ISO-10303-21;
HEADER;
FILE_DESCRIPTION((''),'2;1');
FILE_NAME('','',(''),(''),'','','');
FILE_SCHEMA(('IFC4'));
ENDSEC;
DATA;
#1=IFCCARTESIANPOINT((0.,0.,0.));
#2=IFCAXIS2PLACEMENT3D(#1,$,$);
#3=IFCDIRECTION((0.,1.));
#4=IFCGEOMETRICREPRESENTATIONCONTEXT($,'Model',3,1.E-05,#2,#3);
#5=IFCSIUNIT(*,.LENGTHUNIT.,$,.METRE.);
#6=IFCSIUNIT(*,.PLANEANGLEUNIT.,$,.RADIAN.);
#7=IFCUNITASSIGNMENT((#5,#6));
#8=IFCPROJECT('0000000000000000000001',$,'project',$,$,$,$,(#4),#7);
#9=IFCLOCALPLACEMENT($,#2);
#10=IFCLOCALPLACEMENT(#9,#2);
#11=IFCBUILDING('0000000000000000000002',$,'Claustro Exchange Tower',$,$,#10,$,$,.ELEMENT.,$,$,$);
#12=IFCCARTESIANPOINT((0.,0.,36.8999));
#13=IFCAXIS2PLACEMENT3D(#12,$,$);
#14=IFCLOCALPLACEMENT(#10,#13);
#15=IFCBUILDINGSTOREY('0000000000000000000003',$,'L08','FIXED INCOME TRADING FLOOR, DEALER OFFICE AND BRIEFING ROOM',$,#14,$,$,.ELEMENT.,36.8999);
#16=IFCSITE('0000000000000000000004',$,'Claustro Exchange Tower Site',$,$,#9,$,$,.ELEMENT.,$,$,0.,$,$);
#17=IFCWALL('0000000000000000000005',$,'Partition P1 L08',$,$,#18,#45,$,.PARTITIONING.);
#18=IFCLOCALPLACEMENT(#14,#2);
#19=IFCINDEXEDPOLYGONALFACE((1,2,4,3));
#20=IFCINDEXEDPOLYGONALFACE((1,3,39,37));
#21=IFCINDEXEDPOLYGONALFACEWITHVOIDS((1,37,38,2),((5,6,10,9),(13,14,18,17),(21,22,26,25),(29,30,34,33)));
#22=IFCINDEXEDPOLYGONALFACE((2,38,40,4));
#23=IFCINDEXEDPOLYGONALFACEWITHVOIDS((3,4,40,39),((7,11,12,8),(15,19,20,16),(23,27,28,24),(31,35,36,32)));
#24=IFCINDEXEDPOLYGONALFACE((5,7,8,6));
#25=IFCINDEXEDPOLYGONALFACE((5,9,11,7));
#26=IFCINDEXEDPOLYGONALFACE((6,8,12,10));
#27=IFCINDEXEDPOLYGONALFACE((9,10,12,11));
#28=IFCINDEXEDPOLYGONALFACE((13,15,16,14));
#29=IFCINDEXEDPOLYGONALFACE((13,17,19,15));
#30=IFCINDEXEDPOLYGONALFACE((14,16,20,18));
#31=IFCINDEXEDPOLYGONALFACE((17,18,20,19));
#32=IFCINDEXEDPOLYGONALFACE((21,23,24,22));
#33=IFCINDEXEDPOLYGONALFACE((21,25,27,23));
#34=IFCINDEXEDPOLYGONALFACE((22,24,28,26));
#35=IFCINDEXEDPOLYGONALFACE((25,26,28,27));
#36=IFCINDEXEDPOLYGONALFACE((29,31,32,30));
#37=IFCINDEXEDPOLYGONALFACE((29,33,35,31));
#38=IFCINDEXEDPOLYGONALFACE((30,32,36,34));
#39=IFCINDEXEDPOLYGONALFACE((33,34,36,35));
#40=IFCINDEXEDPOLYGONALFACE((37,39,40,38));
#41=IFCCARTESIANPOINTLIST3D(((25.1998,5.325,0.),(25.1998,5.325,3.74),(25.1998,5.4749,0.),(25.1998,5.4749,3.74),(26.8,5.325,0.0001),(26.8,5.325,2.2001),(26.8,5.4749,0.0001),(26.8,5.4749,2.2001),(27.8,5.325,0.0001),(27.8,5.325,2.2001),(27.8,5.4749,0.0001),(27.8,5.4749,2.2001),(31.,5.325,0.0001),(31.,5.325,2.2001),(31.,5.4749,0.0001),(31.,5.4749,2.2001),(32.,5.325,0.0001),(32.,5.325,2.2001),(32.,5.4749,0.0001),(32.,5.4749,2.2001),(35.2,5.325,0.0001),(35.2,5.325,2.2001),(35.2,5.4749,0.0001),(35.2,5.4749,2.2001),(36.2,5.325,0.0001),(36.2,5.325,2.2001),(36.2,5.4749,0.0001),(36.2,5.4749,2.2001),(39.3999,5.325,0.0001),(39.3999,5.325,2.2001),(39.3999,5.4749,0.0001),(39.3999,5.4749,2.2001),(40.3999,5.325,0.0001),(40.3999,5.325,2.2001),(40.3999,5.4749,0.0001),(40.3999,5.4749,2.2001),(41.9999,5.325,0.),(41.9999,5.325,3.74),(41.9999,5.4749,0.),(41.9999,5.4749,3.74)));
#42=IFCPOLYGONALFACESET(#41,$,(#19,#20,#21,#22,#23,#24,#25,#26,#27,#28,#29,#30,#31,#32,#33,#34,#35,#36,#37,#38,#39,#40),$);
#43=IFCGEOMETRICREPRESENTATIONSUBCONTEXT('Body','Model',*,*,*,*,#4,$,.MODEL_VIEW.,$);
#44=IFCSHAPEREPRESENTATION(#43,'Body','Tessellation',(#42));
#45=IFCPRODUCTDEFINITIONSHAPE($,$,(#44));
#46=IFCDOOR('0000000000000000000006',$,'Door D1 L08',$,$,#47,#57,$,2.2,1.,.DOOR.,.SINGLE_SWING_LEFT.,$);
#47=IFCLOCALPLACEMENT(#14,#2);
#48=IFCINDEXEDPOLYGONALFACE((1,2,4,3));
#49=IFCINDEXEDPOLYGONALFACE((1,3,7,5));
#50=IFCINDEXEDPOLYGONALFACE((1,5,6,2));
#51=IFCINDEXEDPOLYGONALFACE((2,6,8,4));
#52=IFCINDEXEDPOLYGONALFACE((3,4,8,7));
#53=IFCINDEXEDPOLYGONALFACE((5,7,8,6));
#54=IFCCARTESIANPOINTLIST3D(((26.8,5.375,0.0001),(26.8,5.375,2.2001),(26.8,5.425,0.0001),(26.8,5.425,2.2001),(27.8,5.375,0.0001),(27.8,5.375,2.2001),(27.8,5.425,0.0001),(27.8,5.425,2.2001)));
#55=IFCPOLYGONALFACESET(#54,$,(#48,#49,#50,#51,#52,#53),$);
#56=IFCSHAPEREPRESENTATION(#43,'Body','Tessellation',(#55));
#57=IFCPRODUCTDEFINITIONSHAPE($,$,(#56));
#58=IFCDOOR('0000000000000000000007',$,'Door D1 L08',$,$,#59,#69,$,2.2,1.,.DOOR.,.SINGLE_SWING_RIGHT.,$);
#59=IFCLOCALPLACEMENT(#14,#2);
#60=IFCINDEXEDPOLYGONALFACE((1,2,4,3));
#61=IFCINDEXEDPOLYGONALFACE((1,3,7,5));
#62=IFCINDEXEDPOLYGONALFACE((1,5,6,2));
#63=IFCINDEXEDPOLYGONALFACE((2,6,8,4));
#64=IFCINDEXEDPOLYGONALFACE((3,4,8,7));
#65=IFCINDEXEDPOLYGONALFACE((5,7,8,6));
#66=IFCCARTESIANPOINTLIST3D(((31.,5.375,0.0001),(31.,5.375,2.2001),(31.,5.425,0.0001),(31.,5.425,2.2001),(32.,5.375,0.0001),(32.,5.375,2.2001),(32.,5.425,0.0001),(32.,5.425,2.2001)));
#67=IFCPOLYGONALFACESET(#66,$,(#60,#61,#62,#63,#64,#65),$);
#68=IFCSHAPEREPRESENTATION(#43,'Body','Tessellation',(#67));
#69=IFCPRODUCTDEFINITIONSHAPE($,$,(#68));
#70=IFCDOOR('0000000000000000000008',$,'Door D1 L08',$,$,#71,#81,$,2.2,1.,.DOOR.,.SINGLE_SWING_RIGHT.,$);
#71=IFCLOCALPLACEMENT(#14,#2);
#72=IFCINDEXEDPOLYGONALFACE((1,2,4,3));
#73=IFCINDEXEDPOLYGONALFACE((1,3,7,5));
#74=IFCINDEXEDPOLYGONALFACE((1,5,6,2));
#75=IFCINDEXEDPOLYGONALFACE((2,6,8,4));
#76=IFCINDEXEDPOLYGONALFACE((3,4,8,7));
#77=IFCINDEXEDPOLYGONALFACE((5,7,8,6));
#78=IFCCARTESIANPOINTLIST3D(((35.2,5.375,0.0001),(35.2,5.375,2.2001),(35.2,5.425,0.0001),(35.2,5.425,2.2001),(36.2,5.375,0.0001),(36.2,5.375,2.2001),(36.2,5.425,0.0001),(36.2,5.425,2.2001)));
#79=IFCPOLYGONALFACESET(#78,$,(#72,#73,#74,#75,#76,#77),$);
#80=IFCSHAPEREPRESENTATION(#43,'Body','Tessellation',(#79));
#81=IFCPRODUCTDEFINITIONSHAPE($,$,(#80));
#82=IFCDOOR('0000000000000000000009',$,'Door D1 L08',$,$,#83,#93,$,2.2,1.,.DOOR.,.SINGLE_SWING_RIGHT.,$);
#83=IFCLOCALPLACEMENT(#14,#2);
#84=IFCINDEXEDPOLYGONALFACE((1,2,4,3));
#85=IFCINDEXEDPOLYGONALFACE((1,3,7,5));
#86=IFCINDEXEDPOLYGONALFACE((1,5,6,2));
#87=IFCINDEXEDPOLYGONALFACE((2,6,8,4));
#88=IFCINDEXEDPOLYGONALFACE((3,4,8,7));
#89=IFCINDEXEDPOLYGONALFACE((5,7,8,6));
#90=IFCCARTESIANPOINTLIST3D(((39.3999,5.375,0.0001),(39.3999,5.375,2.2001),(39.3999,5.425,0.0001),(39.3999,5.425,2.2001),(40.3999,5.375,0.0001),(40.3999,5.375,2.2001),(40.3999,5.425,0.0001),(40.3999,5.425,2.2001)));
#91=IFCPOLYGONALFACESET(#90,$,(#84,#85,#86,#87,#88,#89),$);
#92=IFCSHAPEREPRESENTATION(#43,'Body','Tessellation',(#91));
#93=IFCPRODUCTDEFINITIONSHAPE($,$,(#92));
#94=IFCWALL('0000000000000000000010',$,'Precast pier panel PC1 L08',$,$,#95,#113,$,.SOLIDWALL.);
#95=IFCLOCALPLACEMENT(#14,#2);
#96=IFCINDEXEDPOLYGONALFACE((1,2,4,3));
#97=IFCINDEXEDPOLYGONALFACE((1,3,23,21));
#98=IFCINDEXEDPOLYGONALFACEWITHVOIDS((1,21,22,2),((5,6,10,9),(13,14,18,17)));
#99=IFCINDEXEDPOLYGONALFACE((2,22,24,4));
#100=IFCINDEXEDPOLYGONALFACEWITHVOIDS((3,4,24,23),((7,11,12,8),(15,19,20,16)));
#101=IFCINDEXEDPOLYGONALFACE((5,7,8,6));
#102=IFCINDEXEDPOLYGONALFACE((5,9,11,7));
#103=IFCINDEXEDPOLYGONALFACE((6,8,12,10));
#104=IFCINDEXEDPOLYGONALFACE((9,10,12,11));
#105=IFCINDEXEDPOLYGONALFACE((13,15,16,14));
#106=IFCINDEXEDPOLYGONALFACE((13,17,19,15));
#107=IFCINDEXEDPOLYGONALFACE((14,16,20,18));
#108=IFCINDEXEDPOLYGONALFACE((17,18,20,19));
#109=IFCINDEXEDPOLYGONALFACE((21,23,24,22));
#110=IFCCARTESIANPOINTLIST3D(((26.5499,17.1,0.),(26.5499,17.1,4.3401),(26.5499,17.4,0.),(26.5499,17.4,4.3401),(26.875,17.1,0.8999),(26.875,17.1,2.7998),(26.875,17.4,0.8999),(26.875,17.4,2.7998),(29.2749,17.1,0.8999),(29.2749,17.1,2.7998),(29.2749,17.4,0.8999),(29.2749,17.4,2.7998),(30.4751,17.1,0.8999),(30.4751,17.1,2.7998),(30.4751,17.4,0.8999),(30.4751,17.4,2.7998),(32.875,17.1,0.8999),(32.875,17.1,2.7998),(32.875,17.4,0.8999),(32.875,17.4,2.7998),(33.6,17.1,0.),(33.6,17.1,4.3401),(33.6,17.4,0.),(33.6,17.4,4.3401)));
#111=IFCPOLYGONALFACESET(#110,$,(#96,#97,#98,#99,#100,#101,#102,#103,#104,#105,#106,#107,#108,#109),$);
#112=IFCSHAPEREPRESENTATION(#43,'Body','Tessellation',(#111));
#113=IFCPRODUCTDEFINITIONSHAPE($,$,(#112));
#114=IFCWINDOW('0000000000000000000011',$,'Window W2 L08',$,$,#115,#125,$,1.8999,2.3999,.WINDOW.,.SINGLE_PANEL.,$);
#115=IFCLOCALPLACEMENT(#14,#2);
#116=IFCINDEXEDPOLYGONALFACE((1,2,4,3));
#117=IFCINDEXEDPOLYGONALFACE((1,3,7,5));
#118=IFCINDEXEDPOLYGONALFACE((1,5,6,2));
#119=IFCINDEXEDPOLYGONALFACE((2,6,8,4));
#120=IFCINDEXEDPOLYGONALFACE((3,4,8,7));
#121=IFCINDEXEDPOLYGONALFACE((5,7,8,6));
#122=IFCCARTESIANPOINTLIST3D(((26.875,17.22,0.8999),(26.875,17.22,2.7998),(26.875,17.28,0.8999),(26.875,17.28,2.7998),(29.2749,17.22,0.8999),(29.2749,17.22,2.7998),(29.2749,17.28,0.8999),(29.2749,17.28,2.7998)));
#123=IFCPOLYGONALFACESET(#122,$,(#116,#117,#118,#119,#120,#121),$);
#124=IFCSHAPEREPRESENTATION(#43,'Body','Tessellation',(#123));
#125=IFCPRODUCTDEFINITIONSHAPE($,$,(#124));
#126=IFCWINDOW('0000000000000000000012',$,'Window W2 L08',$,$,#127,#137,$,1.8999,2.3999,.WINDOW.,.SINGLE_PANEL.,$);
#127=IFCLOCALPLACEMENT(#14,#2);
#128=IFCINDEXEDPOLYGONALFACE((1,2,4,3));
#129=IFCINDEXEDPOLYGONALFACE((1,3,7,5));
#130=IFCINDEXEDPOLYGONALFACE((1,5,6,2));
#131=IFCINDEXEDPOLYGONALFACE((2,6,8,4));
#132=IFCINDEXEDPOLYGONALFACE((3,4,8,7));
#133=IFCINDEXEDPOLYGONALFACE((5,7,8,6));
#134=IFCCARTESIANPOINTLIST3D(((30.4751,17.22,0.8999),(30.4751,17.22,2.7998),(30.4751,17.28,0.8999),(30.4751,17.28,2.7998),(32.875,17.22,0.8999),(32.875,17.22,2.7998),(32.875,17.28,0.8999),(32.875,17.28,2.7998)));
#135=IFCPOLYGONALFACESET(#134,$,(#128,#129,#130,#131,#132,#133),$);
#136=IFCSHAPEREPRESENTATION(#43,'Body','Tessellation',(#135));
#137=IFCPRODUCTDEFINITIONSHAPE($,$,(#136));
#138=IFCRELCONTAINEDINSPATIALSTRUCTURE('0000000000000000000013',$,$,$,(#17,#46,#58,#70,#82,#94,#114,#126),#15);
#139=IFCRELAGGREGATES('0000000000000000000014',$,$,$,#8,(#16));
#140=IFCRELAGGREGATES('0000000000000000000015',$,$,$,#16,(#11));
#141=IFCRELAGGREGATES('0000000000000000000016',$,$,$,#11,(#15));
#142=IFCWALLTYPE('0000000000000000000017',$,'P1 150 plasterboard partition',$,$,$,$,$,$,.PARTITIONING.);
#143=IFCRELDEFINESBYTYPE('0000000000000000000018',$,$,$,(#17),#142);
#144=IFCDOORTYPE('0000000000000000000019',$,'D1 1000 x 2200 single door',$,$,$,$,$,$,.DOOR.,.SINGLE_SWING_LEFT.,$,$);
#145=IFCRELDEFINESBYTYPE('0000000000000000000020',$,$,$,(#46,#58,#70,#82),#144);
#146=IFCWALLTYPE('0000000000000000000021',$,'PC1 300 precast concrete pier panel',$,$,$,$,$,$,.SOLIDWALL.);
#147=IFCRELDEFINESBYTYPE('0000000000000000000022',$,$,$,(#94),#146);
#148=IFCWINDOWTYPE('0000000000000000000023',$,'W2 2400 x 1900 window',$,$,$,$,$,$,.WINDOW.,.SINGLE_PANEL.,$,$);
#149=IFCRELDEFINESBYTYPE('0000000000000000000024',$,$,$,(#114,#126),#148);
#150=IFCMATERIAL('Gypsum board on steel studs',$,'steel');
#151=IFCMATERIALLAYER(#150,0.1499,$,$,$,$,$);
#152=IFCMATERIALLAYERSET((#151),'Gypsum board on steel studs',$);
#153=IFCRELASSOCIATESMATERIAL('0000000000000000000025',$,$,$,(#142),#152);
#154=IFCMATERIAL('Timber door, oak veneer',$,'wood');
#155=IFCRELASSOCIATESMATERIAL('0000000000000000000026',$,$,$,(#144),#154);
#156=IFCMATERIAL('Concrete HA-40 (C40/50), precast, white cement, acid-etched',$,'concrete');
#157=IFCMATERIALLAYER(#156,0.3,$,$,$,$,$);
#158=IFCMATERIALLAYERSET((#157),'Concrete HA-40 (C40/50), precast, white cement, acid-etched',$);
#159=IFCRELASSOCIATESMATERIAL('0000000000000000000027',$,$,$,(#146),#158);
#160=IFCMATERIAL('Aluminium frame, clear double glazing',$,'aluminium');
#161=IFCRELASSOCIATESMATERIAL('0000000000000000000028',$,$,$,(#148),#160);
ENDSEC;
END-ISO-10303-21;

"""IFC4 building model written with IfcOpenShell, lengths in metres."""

from ifc_helpers import new_model, si_unit, direction, frame, frame_2d, origin, place, context, subcontext, project, spatial, rectangle, extrude, material, layer, layer_set, type_object, element, fill, save


model = new_model("IFC4")

# Units and contexts
model_context = context("Model", 3, precision=1e-05, world=origin(), true_north=direction((0.0, 1.0)))
body_context = subcontext(model_context, "Body", "Model", "MODEL_VIEW")
ifc_project = project(units=[si_unit("LENGTHUNIT", "METRE"), si_unit("PLANEANGLEUNIT", "RADIAN")], contexts=[model_context])

# Site, building, storey
site_placement = place(None, origin())
site = spatial("IfcSite", under=ifc_project, at=site_placement, Name="Claustro Exchange Tower Site", CompositionType="ELEMENT", RefElevation=0.0)
building_placement = place(site_placement, origin())
building = spatial("IfcBuilding", under=site, at=building_placement, Name="Claustro Exchange Tower", CompositionType="ELEMENT")
storey_placement = place(building_placement, frame((0.0, 0.0, 36.8999)))
storey = spatial("IfcBuildingStorey", under=building, at=storey_placement, Name="L08", Description="FIXED INCOME TRADING FLOOR, DEALER OFFICE AND BRIEFING ROOM", CompositionType="ELEMENT", Elevation=36.8999)

# Wall, openings, doors
ifc_material_1 = material(Name="Gypsum board on steel studs", Category="steel")
ifc_layer_1 = layer(ifc_material_1, 0.1499)
ifc_layer_set_1 = layer_set([ifc_layer_1], Name="Gypsum board on steel studs")
wall_type_1 = type_object("IfcWallType", Name="P1 150 plasterboard partition", PredefinedType="PARTITIONING", material=ifc_layer_set_1)
wall_1_placement = place(storey_placement, frame((25.2, 5.3999, 0.0), z_axis=(0.0, 0.0, 1.0), x_axis=(1.0, 0.0, 0.0)))
wall_1 = element("IfcWall", 1, at=wall_1_placement, inside=storey, type_object=wall_type_1, Name="Partition P1 L08", PredefinedType="PARTITIONING", context=body_context, shape_type="SweptSolid", body=[
    extrude(rectangle(XDim=16.8, YDim=0.1499, at=frame_2d((8.3999, 0.0))), origin(), (0.0, 0.0, 1.0), 3.74),
])
opening_1_placement = place(wall_1_placement, frame((1.6001, 0.0, 0.0)))
opening_1 = element("IfcOpeningElement", 2, at=opening_1_placement, cuts=wall_1, PredefinedType="OPENING", context=body_context, shape_type="SweptSolid", body=[
    extrude(rectangle(XDim=1.0, YDim=2.2, at=frame_2d((0.5, 1.1001))), frame((0.0, 0.085, 0.0), z_axis=(0.0, -1.0, 0.0), x_axis=(1.0, 0.0, 0.0)), (0.0, 0.0, 1.0), 0.1699),
])
opening_2_placement = place(wall_1_placement, frame((5.8, 0.0, 0.0)))
opening_2 = element("IfcOpeningElement", 3, at=opening_2_placement, cuts=wall_1, PredefinedType="OPENING", context=body_context, shape_type="SweptSolid", body=[
    extrude(rectangle(XDim=1.0, YDim=2.2, at=frame_2d((0.5, 1.1001))), frame((0.0, 0.085, 0.0), z_axis=(0.0, -1.0, 0.0), x_axis=(1.0, 0.0, 0.0)), (0.0, 0.0, 1.0), 0.1699),
])
opening_3_placement = place(wall_1_placement, frame((10.0, 0.0, 0.0)))
opening_3 = element("IfcOpeningElement", 4, at=opening_3_placement, cuts=wall_1, PredefinedType="OPENING", context=body_context, shape_type="SweptSolid", body=[
    extrude(rectangle(XDim=1.0, YDim=2.2, at=frame_2d((0.5, 1.1001))), frame((0.0, 0.085, 0.0), z_axis=(0.0, -1.0, 0.0), x_axis=(1.0, 0.0, 0.0)), (0.0, 0.0, 1.0), 0.1699),
])
opening_4_placement = place(wall_1_placement, frame((14.2, 0.0, 0.0)))
opening_4 = element("IfcOpeningElement", 5, at=opening_4_placement, cuts=wall_1, PredefinedType="OPENING", context=body_context, shape_type="SweptSolid", body=[
    extrude(rectangle(XDim=1.0, YDim=2.2, at=frame_2d((0.5, 1.1001))), frame((0.0, 0.085, 0.0), z_axis=(0.0, -1.0, 0.0), x_axis=(1.0, 0.0, 0.0)), (0.0, 0.0, 1.0), 0.1699),
])
ifc_material_2 = material(Name="Timber door, oak veneer", Category="wood")
door_type = type_object("IfcDoorType", Name="D1 1000 x 2200 single door", OperationType="SINGLE_SWING_LEFT", PredefinedType="DOOR", material=ifc_material_2)
door_1_placement = place(opening_1_placement, frame((1.0, 0.0, 0.0), z_axis=(0.0, 0.0, 1.0), x_axis=(-1.0, 0.0, 0.0)))
door_1 = element("IfcDoor", 6, at=door_1_placement, inside=storey, type_object=door_type, Name="Door D1 L08", OperationType="SINGLE_SWING_LEFT", OverallHeight=2.2, OverallWidth=1.0, PredefinedType="DOOR", context=body_context, shape_type="SweptSolid", body=[
    extrude(rectangle(XDim=1.0, YDim=2.2, at=frame_2d((0.5, 1.1001))), frame((0.0, 0.0249, 0.0), z_axis=(0.0, -1.0, 0.0), x_axis=(1.0, 0.0, 0.0)), (0.0, 0.0, 1.0), 0.05),
])
fill(opening_1, door_1)
door_2_placement = place(opening_2_placement, frame((1.0, 0.0, 0.0), z_axis=(0.0, 0.0, 1.0), x_axis=(-1.0, 0.0, 0.0)))
door_2 = element("IfcDoor", 7, at=door_2_placement, inside=storey, type_object=door_type, Name="Door D1 L08", OperationType="SINGLE_SWING_RIGHT", OverallHeight=2.2, OverallWidth=1.0, PredefinedType="DOOR", context=body_context, shape_type="SweptSolid", body=[
    extrude(rectangle(XDim=1.0, YDim=2.2, at=frame_2d((0.5, 1.1001))), frame((0.0, 0.0249, 0.0), z_axis=(0.0, -1.0, 0.0), x_axis=(1.0, 0.0, 0.0)), (0.0, 0.0, 1.0), 0.05),
])
fill(opening_2, door_2)
door_3_placement = place(opening_3_placement, frame((1.0, 0.0, 0.0), z_axis=(0.0, 0.0, 1.0), x_axis=(-1.0, 0.0, 0.0)))
door_3 = element("IfcDoor", 8, at=door_3_placement, inside=storey, type_object=door_type, Name="Door D1 L08", OperationType="SINGLE_SWING_RIGHT", OverallHeight=2.2, OverallWidth=1.0, PredefinedType="DOOR", context=body_context, shape_type="SweptSolid", body=[
    extrude(rectangle(XDim=1.0, YDim=2.2, at=frame_2d((0.5, 1.1001))), frame((0.0, 0.0249, 0.0), z_axis=(0.0, -1.0, 0.0), x_axis=(1.0, 0.0, 0.0)), (0.0, 0.0, 1.0), 0.05),
])
fill(opening_3, door_3)
door_4_placement = place(opening_4_placement, frame((1.0, 0.0, 0.0), z_axis=(0.0, 0.0, 1.0), x_axis=(-1.0, 0.0, 0.0)))
door_4 = element("IfcDoor", 9, at=door_4_placement, inside=storey, type_object=door_type, Name="Door D1 L08", OperationType="SINGLE_SWING_RIGHT", OverallHeight=2.2, OverallWidth=1.0, PredefinedType="DOOR", context=body_context, shape_type="SweptSolid", body=[
    extrude(rectangle(XDim=1.0, YDim=2.2, at=frame_2d((0.5, 1.1001))), frame((0.0, 0.0249, 0.0), z_axis=(0.0, -1.0, 0.0), x_axis=(1.0, 0.0, 0.0)), (0.0, 0.0, 1.0), 0.05),
])
fill(opening_4, door_4)

# Wall, openings, windows
ifc_material_3 = material(Name="Concrete HA-40 (C40/50), precast, white cement, acid-etched", Category="concrete")
ifc_layer_2 = layer(ifc_material_3, 0.3)
ifc_layer_set_2 = layer_set([ifc_layer_2], Name="Concrete HA-40 (C40/50), precast, white cement, acid-etched")
wall_type_2 = type_object("IfcWallType", Name="PC1 300 precast concrete pier panel", PredefinedType="SOLIDWALL", material=ifc_layer_set_2)
wall_2_placement = place(storey_placement, frame((26.55, 17.25, 0.0), z_axis=(0.0, 0.0, 1.0), x_axis=(1.0, 0.0, 0.0)))
wall_2 = element("IfcWall", 10, at=wall_2_placement, inside=storey, type_object=wall_type_2, Name="Precast pier panel PC1 L08", PredefinedType="SOLIDWALL", context=body_context, shape_type="SweptSolid", body=[
    extrude(rectangle(XDim=7.05, YDim=0.3, at=frame_2d((3.5249, 0.0))), origin(), (0.0, 0.0, 1.0), 4.3401),
])
opening_5_placement = place(wall_2_placement, frame((0.325, 0.0, 0.8999)))
opening_5 = element("IfcOpeningElement", 11, at=opening_5_placement, cuts=wall_2, PredefinedType="OPENING", context=body_context, shape_type="SweptSolid", body=[
    extrude(rectangle(XDim=2.3999, YDim=1.8999, at=frame_2d((1.2, 0.95))), frame((0.0, 0.1599, 0.0), z_axis=(0.0, -1.0, 0.0), x_axis=(1.0, 0.0, 0.0)), (0.0, 0.0, 1.0), 0.3201),
])
opening_6_placement = place(wall_2_placement, frame((3.925, 0.0, 0.8999)))
opening_6 = element("IfcOpeningElement", 12, at=opening_6_placement, cuts=wall_2, PredefinedType="OPENING", context=body_context, shape_type="SweptSolid", body=[
    extrude(rectangle(XDim=2.3999, YDim=1.8999, at=frame_2d((1.2, 0.95))), frame((0.0, 0.1599, 0.0), z_axis=(0.0, -1.0, 0.0), x_axis=(1.0, 0.0, 0.0)), (0.0, 0.0, 1.0), 0.3201),
])
ifc_material_4 = material(Name="Aluminium frame, clear double glazing", Category="aluminium")
window_type = type_object("IfcWindowType", Name="W2 2400 x 1900 window", PartitioningType="SINGLE_PANEL", PredefinedType="WINDOW", material=ifc_material_4)
window_1_placement = place(opening_5_placement, origin())
window_1 = element("IfcWindow", 13, at=window_1_placement, inside=storey, type_object=window_type, Name="Window W2 L08", OverallHeight=1.8999, OverallWidth=2.3999, PartitioningType="SINGLE_PANEL", PredefinedType="WINDOW", context=body_context, shape_type="SweptSolid", body=[
    extrude(rectangle(XDim=2.3999, YDim=1.8999, at=frame_2d((1.2, 0.95))), frame((0.0, 0.03, 0.0), z_axis=(0.0, -1.0, 0.0), x_axis=(1.0, 0.0, 0.0)), (0.0, 0.0, 1.0), 0.0601),
])
fill(opening_5, window_1)
window_2_placement = place(opening_6_placement, origin())
window_2 = element("IfcWindow", 14, at=window_2_placement, inside=storey, type_object=window_type, Name="Window W2 L08", OverallHeight=1.8999, OverallWidth=2.3999, PartitioningType="SINGLE_PANEL", PredefinedType="WINDOW", context=body_context, shape_type="SweptSolid", body=[
    extrude(rectangle(XDim=2.3999, YDim=1.8999, at=frame_2d((1.2, 0.95))), frame((0.0, 0.03, 0.0), z_axis=(0.0, -1.0, 0.0), x_axis=(1.0, 0.0, 0.0)), (0.0, 0.0, 1.0), 0.0601),
])
fill(opening_6, window_2)

save(model, "model.ifc")
